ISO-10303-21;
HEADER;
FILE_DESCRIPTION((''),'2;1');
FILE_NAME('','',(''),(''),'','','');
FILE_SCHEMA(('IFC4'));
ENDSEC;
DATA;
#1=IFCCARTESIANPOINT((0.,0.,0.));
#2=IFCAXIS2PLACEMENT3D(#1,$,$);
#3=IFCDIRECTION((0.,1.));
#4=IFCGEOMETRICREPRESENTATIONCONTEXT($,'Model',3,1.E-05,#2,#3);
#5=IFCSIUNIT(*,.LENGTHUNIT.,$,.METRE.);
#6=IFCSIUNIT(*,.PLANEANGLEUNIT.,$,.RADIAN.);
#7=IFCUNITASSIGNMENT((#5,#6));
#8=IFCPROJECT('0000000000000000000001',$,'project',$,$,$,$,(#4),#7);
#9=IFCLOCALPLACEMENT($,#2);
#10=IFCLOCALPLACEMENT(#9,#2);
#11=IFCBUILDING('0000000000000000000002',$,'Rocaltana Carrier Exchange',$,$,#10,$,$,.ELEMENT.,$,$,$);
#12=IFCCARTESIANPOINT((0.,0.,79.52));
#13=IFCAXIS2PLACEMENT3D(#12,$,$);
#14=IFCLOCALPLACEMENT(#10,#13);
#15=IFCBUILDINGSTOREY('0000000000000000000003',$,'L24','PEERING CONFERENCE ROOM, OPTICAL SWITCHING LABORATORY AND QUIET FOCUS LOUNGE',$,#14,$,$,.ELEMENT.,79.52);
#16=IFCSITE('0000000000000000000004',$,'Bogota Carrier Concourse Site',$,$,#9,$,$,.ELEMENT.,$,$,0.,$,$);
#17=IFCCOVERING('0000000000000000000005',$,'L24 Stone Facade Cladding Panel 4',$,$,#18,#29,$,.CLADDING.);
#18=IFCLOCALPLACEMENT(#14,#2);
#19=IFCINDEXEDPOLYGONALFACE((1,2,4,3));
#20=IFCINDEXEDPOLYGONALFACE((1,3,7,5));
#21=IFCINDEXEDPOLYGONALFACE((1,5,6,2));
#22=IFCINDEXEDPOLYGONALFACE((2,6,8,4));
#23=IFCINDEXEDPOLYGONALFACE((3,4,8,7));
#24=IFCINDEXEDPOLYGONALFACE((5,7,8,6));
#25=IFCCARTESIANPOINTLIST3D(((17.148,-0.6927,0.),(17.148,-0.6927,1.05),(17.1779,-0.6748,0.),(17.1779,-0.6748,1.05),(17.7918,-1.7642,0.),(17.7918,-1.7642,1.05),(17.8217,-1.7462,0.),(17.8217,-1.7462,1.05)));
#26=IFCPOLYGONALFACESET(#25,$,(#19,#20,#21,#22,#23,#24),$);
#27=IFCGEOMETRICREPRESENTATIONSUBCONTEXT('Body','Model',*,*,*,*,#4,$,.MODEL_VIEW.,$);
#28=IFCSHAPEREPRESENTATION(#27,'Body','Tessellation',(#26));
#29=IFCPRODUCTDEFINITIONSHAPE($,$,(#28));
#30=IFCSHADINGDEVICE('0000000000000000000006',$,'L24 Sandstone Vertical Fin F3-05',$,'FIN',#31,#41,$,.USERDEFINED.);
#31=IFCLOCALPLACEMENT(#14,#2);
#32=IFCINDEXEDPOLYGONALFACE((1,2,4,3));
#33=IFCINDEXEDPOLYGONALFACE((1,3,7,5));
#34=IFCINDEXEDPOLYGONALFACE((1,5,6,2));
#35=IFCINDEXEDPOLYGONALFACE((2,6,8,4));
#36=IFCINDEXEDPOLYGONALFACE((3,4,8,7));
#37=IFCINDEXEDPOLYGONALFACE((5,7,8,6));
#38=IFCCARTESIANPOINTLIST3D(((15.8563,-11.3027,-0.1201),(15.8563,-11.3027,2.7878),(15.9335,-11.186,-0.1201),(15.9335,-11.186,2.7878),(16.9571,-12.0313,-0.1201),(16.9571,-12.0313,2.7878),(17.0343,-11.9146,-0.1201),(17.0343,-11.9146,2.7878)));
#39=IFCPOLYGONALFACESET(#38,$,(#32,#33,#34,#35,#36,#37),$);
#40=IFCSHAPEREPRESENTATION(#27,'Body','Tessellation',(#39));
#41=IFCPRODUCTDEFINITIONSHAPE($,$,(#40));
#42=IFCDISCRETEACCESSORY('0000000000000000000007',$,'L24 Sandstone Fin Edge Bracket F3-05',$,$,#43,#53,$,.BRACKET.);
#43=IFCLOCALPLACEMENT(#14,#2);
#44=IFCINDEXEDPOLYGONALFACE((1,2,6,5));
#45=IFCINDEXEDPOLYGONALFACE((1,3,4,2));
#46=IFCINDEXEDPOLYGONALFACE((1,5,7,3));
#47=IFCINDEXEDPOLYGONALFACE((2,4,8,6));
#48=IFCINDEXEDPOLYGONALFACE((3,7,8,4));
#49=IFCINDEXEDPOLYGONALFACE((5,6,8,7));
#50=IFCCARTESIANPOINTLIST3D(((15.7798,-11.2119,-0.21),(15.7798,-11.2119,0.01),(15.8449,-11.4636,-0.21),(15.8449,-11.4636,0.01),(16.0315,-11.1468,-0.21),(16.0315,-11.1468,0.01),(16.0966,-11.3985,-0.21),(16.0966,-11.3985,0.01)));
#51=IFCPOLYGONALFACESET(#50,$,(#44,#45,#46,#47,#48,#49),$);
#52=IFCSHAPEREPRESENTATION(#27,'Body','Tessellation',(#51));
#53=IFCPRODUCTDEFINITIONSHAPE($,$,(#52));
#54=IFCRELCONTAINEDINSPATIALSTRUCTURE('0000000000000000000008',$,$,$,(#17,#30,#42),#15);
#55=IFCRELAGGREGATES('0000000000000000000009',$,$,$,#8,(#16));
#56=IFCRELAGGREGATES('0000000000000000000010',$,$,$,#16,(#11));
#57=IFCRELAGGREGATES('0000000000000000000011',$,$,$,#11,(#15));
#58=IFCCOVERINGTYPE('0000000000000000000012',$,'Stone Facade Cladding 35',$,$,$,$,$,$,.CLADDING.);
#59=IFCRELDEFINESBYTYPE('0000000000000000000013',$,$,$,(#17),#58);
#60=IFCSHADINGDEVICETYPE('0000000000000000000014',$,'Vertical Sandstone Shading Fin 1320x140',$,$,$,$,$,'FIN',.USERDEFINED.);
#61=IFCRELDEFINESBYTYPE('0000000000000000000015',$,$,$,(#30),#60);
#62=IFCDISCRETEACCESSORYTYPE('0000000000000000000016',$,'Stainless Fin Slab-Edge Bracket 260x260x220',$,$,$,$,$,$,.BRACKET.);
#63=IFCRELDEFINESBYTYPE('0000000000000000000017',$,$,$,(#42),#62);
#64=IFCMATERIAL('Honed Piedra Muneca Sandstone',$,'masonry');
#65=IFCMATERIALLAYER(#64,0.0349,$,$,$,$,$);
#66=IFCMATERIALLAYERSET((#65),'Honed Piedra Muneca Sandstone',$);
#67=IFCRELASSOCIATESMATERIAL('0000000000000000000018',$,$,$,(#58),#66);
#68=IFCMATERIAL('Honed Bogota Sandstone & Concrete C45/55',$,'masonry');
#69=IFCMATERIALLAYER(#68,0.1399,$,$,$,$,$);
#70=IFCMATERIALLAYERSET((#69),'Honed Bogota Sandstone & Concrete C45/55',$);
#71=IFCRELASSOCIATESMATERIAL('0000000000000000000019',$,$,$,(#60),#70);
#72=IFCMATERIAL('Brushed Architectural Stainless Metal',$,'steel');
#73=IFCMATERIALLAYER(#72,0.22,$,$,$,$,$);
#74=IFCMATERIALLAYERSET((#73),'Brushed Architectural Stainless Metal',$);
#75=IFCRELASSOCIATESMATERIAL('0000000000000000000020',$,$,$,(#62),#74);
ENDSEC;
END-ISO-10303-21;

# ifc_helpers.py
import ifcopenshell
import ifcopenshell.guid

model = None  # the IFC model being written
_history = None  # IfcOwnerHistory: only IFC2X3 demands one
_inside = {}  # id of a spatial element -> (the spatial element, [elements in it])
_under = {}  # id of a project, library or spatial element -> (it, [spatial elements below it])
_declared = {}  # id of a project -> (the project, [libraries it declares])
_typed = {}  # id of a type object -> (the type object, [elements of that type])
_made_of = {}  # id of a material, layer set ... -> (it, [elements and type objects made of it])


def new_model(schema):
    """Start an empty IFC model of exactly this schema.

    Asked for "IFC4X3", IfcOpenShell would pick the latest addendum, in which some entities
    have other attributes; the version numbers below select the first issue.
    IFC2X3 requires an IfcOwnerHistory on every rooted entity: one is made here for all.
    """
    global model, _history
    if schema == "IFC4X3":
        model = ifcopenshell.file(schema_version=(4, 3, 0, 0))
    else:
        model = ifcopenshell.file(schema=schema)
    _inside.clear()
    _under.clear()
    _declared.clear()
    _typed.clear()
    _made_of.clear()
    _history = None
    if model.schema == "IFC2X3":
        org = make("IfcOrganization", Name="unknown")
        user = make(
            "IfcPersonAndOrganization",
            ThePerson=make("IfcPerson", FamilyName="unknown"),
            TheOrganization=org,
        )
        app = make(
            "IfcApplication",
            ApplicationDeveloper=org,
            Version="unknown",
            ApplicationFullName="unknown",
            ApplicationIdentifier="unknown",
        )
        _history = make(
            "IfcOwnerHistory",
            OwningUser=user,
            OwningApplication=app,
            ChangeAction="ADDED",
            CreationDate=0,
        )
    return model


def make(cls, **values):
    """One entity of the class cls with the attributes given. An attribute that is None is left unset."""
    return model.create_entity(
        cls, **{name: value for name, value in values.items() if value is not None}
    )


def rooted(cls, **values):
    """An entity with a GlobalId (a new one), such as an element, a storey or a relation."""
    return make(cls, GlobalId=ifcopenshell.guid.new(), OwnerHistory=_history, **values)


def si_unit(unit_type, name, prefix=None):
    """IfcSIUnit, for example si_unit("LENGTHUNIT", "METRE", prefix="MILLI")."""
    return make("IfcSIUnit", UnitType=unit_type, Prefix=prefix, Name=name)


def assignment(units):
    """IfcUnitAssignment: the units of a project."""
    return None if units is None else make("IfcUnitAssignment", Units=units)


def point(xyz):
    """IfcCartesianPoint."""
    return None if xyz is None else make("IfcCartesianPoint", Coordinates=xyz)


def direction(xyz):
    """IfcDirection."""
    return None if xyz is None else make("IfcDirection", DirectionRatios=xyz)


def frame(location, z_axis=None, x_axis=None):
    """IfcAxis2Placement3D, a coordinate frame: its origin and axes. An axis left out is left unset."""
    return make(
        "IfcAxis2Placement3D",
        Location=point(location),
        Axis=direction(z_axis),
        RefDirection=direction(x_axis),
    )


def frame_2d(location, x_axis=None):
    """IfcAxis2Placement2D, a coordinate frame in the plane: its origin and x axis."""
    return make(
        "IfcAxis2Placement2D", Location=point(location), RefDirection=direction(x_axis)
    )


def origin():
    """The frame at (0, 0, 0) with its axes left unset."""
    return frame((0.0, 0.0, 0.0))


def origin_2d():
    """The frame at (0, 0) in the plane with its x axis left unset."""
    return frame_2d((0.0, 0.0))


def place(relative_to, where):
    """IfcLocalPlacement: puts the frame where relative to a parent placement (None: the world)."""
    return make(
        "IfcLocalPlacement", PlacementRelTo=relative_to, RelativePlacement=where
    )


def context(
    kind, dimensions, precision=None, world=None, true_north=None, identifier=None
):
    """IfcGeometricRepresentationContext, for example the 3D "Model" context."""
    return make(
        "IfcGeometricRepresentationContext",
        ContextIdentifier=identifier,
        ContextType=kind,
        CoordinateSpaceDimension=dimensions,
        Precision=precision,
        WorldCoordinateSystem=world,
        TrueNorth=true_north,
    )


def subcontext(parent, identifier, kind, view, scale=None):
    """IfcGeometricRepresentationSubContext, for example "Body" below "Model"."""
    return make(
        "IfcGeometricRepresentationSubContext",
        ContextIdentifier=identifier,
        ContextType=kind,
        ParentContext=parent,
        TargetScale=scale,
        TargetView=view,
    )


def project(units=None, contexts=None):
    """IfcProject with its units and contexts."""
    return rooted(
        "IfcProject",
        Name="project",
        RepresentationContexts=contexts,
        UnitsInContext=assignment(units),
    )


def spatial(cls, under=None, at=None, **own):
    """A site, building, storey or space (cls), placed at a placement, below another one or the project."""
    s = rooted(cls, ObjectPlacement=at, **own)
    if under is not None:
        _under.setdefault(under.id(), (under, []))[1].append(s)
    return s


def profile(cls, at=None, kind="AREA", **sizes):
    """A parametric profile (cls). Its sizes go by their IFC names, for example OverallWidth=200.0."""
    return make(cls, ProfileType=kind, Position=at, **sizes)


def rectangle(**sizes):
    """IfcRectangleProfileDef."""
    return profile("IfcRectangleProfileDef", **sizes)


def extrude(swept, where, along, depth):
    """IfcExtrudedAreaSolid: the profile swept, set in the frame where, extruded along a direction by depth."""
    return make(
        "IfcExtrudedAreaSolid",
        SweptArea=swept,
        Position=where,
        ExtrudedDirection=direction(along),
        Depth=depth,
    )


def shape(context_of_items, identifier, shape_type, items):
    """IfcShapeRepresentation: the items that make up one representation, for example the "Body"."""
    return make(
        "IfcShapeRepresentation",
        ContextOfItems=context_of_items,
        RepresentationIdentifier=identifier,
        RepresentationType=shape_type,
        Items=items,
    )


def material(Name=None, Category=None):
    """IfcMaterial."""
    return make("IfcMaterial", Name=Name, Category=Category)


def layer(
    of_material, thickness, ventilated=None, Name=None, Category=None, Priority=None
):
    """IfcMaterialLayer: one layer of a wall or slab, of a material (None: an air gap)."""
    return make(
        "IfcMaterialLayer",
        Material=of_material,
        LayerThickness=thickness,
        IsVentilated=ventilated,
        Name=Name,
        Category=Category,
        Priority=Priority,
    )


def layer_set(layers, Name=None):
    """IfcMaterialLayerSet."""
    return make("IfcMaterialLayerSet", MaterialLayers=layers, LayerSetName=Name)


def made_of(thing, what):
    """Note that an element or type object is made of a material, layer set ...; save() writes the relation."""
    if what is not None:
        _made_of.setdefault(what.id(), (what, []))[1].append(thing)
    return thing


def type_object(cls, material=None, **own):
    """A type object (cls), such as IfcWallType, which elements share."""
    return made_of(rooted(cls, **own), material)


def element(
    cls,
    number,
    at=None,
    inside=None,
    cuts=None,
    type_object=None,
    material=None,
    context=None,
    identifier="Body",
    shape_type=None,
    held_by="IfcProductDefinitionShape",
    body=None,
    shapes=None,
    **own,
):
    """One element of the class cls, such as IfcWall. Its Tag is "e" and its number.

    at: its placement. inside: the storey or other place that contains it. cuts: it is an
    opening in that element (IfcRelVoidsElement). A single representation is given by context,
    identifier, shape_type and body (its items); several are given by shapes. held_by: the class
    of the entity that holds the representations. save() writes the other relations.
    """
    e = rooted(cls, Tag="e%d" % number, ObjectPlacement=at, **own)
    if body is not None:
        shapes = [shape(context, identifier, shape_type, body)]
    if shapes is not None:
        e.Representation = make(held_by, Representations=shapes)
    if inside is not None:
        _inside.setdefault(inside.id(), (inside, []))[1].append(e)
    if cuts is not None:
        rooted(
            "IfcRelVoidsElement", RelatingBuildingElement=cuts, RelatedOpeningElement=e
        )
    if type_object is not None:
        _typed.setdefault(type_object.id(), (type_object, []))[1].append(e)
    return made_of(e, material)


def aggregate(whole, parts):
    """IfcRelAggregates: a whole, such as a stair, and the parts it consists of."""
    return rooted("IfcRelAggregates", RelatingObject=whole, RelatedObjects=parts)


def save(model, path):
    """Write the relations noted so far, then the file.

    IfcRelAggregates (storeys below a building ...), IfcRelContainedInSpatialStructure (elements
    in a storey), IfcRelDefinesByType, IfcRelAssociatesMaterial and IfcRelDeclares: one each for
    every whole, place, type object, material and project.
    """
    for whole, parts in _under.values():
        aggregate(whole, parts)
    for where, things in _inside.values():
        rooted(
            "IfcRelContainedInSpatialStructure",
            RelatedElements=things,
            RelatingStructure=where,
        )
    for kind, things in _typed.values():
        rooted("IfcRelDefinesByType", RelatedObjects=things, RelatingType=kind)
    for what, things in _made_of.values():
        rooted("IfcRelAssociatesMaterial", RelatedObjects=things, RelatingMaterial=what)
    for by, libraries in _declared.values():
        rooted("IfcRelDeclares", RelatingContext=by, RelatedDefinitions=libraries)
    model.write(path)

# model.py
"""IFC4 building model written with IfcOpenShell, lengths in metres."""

from ifc_helpers import new_model, si_unit, direction, frame, origin, origin_2d, place, context, subcontext, project, spatial, rectangle, extrude, material, layer, layer_set, type_object, element, save


model = new_model("IFC4")

# Units and contexts
model_context = context("Model", 3, precision=1e-05, world=origin(), true_north=direction((0.0, 1.0)))
body_context = subcontext(model_context, "Body", "Model", "MODEL_VIEW")
ifc_project = project(units=[si_unit("LENGTHUNIT", "METRE"), si_unit("PLANEANGLEUNIT", "RADIAN")], contexts=[model_context])

# Site, building, storey
site_placement = place(None, origin())
site = spatial("IfcSite", under=ifc_project, at=site_placement, Name="Bogota Carrier Concourse Site", CompositionType="ELEMENT", RefElevation=0.0)
building_placement = place(site_placement, origin())
building = spatial("IfcBuilding", under=site, at=building_placement, Name="Rocaltana Carrier Exchange", CompositionType="ELEMENT")
storey_placement = place(building_placement, frame((0.0, 0.0, 79.52)))
storey = spatial("IfcBuildingStorey", under=building, at=storey_placement, Name="L24", Description="PEERING CONFERENCE ROOM, OPTICAL SWITCHING LABORATORY AND QUIET FOCUS LOUNGE", CompositionType="ELEMENT", Elevation=79.52)

# Covering
ifc_material_1 = material(Name="Honed Piedra Muneca Sandstone", Category="masonry")
ifc_layer_1 = layer(ifc_material_1, 0.0349)
ifc_layer_set_1 = layer_set([ifc_layer_1], Name="Honed Piedra Muneca Sandstone")
covering_type = type_object("IfcCoveringType", Name="Stone Facade Cladding 35", PredefinedType="CLADDING", material=ifc_layer_set_1)
covering_placement = place(storey_placement, frame((17.4849, -1.2195, 0.0), z_axis=(0.0, 0.0, 1.0), x_axis=(-0.515038, 0.857167, 0.0)))
element("IfcCovering", 1, at=covering_placement, inside=storey, type_object=covering_type, Name="L24 Stone Facade Cladding Panel 4", PredefinedType="CLADDING", context=body_context, shape_type="SweptSolid", body=[
    extrude(rectangle(XDim=1.25, YDim=0.0349, at=origin_2d()), origin(), (0.0, 0.0, 1.0), 1.05),
])

# Shading device
ifc_material_2 = material(Name="Honed Bogota Sandstone & Concrete C45/55", Category="masonry")
ifc_layer_2 = layer(ifc_material_2, 0.1399)
ifc_layer_set_2 = layer_set([ifc_layer_2], Name="Honed Bogota Sandstone & Concrete C45/55")
shading_device_type = type_object("IfcShadingDeviceType", Name="Vertical Sandstone Shading Fin 1320x140", ElementType="FIN", PredefinedType="USERDEFINED", material=ifc_layer_set_2)
shading_device_placement = place(storey_placement, frame((16.4453, -11.6086, -0.1201), z_axis=(0.0, 0.0, 1.0), x_axis=(0.833886, -0.551937, 0.0)))
element("IfcShadingDevice", 2, at=shading_device_placement, inside=storey, type_object=shading_device_type, Name="L24 Sandstone Vertical Fin F3-05", ObjectType="FIN", PredefinedType="USERDEFINED", context=body_context, shape_type="SweptSolid", body=[
    extrude(rectangle(XDim=1.3201, YDim=0.1399, at=origin_2d()), origin(), (0.0, 0.0, 1.0), 2.908),
])

# Discrete accessory
ifc_material_3 = material(Name="Brushed Architectural Stainless Metal", Category="steel")
ifc_layer_3 = layer(ifc_material_3, 0.22)
ifc_layer_set_3 = layer_set([ifc_layer_3], Name="Brushed Architectural Stainless Metal")
discrete_accessory_type = type_object("IfcDiscreteAccessoryType", Name="Stainless Fin Slab-Edge Bracket 260x260x220", PredefinedType="BRACKET", material=ifc_layer_set_3)
discrete_accessory_placement = place(storey_placement, frame((15.9382, -11.3052, -0.21), z_axis=(0.0, 0.0, 1.0), x_axis=(0.968148, 0.25038, 0.0)))
element("IfcDiscreteAccessory", 3, at=discrete_accessory_placement, inside=storey, type_object=discrete_accessory_type, Name="L24 Sandstone Fin Edge Bracket F3-05", PredefinedType="BRACKET", context=body_context, shape_type="SweptSolid", body=[
    extrude(rectangle(XDim=0.26, YDim=0.26, at=origin_2d()), origin(), (0.0, 0.0, 1.0), 0.22),
])

save(model, "model.ifc")
